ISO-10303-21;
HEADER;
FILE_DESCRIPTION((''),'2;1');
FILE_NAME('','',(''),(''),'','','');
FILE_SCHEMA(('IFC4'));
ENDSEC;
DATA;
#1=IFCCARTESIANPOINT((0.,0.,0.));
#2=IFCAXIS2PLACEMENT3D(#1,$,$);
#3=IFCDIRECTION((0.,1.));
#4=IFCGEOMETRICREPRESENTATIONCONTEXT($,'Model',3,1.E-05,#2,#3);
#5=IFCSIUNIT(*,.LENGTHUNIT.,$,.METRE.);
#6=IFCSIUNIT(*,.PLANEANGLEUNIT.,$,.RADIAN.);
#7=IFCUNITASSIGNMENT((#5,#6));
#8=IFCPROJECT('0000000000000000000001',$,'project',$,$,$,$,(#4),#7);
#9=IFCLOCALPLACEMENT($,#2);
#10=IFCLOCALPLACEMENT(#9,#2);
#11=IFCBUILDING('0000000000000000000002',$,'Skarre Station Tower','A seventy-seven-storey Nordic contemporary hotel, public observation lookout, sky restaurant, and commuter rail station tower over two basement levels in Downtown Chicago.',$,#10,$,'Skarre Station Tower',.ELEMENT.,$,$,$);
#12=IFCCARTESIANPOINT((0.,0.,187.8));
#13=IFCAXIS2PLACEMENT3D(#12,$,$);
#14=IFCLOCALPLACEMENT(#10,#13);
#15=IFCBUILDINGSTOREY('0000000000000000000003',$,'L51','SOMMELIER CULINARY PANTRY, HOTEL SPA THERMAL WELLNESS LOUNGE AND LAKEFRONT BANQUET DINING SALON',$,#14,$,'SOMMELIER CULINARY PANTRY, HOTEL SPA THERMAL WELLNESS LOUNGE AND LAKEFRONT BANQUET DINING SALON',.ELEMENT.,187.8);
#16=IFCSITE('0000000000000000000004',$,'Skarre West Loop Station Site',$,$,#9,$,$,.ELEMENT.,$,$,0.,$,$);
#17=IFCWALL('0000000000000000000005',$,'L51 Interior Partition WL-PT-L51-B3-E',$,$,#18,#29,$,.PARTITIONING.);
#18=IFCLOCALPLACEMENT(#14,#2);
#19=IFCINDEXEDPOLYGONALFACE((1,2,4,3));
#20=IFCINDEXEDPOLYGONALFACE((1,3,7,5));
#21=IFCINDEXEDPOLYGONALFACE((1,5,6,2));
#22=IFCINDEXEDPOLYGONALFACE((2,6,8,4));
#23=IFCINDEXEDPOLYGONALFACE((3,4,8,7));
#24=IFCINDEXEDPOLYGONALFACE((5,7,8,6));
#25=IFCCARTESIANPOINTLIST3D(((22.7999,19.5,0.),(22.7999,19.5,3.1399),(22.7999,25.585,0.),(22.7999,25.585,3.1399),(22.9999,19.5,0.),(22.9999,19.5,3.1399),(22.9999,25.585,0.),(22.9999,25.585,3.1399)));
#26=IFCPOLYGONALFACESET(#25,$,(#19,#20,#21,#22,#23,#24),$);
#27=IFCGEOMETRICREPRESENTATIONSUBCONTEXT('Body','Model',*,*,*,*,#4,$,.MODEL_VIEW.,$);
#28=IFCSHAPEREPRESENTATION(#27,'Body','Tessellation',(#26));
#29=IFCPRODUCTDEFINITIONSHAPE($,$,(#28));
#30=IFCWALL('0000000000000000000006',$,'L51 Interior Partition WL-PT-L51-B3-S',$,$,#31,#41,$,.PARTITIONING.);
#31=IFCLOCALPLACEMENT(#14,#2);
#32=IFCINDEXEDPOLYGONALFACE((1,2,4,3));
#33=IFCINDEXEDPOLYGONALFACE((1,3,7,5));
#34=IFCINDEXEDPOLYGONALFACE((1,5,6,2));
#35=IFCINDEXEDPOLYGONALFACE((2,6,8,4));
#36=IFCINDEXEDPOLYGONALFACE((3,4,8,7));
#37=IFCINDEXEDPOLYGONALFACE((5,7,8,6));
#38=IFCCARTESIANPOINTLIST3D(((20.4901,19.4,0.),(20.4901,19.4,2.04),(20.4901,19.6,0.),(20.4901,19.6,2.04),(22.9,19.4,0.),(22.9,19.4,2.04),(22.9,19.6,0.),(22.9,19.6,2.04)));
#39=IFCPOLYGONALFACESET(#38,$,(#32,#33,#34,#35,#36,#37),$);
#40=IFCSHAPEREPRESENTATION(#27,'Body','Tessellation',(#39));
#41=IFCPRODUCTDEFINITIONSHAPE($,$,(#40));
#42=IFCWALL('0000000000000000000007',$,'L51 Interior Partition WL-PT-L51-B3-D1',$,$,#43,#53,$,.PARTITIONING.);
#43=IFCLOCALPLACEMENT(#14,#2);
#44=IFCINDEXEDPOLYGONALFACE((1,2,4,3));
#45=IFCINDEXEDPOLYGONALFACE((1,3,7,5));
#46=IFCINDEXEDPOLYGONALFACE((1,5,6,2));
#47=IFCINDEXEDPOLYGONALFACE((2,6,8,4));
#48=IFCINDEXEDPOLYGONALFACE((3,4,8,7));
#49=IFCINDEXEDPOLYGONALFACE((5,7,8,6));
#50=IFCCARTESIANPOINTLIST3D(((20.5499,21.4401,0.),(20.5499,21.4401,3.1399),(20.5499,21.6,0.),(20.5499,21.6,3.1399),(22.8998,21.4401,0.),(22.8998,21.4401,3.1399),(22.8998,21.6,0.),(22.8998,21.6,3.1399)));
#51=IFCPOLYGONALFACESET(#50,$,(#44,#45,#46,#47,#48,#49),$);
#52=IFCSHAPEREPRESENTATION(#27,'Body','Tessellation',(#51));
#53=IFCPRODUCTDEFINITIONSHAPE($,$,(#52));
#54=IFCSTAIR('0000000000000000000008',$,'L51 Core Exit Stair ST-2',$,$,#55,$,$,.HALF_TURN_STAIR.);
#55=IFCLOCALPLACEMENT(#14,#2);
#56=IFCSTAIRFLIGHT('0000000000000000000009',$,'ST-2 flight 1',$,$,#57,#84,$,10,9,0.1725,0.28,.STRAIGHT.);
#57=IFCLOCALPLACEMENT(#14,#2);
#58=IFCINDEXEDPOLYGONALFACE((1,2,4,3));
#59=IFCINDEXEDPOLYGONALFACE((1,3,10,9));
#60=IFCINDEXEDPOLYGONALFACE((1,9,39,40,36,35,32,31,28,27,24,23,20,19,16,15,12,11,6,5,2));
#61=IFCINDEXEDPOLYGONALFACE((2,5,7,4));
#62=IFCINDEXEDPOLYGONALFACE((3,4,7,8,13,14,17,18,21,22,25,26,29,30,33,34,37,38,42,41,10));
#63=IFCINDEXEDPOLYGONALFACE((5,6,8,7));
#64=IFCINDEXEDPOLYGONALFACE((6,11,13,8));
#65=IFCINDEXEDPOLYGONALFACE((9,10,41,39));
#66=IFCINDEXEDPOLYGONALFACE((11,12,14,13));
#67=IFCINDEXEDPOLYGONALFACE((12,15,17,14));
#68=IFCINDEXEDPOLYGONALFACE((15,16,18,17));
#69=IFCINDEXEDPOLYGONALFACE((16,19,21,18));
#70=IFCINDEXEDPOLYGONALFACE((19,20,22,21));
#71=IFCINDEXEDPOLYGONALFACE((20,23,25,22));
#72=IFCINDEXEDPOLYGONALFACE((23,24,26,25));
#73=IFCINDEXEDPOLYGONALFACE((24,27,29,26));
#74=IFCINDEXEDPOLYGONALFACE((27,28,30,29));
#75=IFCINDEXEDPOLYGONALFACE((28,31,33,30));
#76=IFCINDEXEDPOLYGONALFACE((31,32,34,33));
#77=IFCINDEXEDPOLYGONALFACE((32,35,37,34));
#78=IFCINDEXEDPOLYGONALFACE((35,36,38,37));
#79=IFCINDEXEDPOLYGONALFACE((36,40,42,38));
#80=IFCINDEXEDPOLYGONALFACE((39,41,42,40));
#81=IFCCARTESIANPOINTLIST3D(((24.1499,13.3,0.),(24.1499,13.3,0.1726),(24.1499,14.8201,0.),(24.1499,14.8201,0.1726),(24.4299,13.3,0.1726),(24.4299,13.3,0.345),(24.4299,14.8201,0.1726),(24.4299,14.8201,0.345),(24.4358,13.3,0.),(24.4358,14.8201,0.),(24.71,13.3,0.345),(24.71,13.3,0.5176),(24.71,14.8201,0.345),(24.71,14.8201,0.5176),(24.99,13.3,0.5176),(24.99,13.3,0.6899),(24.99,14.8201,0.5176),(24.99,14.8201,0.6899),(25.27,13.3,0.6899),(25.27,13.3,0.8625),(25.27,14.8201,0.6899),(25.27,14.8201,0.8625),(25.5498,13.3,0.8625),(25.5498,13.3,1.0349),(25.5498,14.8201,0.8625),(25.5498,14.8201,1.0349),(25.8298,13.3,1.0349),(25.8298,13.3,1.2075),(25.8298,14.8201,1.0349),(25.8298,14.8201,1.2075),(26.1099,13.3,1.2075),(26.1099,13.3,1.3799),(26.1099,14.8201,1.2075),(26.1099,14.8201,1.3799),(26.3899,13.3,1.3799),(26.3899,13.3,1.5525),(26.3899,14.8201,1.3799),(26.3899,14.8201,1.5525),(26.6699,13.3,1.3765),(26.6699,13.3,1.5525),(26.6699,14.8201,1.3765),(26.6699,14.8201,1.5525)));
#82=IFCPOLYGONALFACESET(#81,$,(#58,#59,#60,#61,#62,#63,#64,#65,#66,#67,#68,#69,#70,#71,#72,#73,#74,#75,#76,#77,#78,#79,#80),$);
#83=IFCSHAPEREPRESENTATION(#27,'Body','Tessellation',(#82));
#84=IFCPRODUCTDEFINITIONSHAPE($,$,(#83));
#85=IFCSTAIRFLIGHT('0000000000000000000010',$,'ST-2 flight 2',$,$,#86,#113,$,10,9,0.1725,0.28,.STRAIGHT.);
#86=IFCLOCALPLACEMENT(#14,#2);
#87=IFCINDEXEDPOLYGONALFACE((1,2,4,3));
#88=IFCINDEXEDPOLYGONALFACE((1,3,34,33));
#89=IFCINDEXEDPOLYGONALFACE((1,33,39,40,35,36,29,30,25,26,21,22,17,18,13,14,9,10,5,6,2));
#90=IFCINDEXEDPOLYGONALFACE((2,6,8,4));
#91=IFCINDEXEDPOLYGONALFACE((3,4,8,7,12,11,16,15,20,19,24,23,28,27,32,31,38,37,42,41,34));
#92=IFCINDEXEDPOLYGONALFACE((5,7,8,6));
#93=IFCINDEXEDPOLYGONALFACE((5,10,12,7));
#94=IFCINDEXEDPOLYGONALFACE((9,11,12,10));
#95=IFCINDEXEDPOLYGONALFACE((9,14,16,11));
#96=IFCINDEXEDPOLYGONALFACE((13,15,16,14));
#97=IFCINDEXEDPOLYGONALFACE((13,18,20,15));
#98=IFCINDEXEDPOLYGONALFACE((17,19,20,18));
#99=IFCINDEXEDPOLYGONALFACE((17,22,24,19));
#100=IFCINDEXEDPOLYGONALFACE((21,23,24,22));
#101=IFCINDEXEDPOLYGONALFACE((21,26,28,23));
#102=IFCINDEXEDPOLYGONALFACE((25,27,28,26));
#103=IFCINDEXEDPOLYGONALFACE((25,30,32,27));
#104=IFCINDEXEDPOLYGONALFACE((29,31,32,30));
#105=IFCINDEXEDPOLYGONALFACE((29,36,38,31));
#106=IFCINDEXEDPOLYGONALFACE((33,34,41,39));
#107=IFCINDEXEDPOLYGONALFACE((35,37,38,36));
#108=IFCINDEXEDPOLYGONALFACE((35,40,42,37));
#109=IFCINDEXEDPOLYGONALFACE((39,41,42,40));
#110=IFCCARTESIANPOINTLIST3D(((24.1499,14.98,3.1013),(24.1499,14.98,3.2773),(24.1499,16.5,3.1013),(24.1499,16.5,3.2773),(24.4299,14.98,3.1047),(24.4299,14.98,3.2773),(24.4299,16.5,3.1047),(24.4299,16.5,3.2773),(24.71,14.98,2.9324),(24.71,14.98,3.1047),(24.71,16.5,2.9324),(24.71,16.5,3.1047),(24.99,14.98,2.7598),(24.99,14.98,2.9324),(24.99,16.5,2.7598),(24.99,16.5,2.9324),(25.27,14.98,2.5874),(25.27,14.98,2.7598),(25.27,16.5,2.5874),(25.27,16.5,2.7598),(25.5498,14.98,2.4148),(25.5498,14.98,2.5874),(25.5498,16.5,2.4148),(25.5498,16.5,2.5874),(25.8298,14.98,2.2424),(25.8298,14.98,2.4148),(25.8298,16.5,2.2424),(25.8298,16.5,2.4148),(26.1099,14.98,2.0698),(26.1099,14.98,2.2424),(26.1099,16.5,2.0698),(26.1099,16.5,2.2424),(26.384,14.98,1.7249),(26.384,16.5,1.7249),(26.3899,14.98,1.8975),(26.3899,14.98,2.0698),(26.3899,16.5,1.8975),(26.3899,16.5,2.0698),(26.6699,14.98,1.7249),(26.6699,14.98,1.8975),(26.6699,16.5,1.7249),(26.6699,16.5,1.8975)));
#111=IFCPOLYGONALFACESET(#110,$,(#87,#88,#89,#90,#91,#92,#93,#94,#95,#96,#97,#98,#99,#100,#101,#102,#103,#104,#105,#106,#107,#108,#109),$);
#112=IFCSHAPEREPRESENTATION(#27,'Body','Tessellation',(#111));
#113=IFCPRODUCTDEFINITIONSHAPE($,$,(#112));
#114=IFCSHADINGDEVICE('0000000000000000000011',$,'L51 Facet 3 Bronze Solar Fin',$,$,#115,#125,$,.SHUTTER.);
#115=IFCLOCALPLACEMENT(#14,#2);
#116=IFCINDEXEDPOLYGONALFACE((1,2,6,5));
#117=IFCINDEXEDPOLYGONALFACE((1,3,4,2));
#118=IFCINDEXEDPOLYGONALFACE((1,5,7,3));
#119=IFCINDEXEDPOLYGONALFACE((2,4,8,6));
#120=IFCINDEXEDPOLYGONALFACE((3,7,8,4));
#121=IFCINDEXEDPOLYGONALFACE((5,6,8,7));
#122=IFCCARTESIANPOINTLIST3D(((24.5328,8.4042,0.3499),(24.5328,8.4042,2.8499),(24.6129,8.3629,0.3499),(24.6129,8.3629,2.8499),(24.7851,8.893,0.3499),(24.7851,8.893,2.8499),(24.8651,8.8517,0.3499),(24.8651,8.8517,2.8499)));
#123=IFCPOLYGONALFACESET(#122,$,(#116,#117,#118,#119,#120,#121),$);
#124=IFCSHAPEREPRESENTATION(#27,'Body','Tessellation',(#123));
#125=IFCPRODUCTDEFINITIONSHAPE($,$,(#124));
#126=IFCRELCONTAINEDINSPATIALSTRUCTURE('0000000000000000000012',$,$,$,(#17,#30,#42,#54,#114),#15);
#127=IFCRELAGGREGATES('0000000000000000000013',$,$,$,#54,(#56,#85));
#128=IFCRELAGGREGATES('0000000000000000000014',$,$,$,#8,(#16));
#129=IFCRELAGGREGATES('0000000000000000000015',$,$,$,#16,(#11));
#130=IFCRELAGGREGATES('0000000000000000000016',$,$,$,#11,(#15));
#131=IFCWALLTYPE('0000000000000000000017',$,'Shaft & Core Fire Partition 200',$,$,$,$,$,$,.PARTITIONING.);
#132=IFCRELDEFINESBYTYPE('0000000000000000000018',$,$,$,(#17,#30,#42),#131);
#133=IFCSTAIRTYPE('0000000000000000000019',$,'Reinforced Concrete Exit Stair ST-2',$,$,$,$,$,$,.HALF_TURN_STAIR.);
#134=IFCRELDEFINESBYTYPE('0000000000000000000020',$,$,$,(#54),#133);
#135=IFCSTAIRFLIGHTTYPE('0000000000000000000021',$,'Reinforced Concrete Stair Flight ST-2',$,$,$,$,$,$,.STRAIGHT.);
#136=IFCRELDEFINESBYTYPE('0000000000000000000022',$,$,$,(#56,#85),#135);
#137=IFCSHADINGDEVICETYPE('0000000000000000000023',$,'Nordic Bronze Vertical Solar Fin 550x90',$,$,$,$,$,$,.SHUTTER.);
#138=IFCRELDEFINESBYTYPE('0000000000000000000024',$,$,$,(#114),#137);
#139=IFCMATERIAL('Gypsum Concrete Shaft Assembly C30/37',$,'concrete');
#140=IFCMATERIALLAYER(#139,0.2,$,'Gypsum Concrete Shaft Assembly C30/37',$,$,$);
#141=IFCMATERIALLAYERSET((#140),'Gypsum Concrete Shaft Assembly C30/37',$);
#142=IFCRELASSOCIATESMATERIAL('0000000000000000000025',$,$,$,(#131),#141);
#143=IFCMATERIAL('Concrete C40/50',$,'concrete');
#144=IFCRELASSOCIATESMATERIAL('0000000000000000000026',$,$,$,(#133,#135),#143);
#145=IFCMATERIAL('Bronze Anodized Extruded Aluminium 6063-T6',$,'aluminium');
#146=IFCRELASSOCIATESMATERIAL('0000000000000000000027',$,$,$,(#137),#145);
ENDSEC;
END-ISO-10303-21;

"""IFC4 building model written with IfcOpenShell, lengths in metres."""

from ifc_helpers import new_model, si_unit, direction, frame, frame_2d, origin, origin_2d, place, context, subcontext, project, spatial, polyline, rectangle, outline, extrude, material, layer, layer_set, type_object, element, aggregate, save


model = new_model("IFC4")

# Units and contexts
model_context = context("Model", 3, precision=1e-05, world=origin(), true_north=direction((0.0, 1.0)))
body_context = subcontext(model_context, "Body", "Model", "MODEL_VIEW")
ifc_project = project(units=[si_unit("LENGTHUNIT", "METRE"), si_unit("PLANEANGLEUNIT", "RADIAN")], contexts=[model_context])

# Site, building, storey
site_placement = place(None, origin())
site = spatial("IfcSite", under=ifc_project, at=site_placement, Name="Skarre West Loop Station Site", CompositionType="ELEMENT", RefElevation=0.0)
building_placement = place(site_placement, origin())
building = spatial("IfcBuilding", under=site, at=building_placement, Name="Skarre Station Tower", Description="A seventy-seven-storey Nordic contemporary hotel, public observation lookout, sky restaurant, and commuter rail station tower over two basement levels in Downtown Chicago.", LongName="Skarre Station Tower", CompositionType="ELEMENT")
storey_placement = place(building_placement, frame((0.0, 0.0, 187.8)))
storey = spatial("IfcBuildingStorey", under=building, at=storey_placement, Name="L51", Description="SOMMELIER CULINARY PANTRY, HOTEL SPA THERMAL WELLNESS LOUNGE AND LAKEFRONT BANQUET DINING SALON", LongName="SOMMELIER CULINARY PANTRY, HOTEL SPA THERMAL WELLNESS LOUNGE AND LAKEFRONT BANQUET DINING SALON", CompositionType="ELEMENT", Elevation=187.8)

# Walls
ifc_material_1 = material(Name="Gypsum Concrete Shaft Assembly C30/37", Category="concrete")
ifc_layer_1 = layer(ifc_material_1, 0.2, Name="Gypsum Concrete Shaft Assembly C30/37")
ifc_layer_set_1 = layer_set([ifc_layer_1], Name="Gypsum Concrete Shaft Assembly C30/37")
wall_type_1 = type_object("IfcWallType", Name="Shaft & Core Fire Partition 200", PredefinedType="PARTITIONING", material=ifc_layer_set_1)
wall_1_placement = place(storey_placement, frame((22.8999, 19.5, 0.0), z_axis=(0.0, 0.0, 1.0), x_axis=(0.0, 1.0, 0.0)))
element("IfcWall", 1, at=wall_1_placement, inside=storey, type_object=wall_type_1, Name="L51 Interior Partition WL-PT-L51-B3-E", PredefinedType="PARTITIONING", context=body_context, shape_type="SweptSolid", body=[
    extrude(rectangle(XDim=6.085, YDim=0.2, at=frame_2d((3.0425, 0.0))), origin(), (0.0, 0.0, 1.0), 3.1399),
])
wall_2_placement = place(storey_placement, frame((20.49, 19.5, 0.0), z_axis=(0.0, 0.0, 1.0), x_axis=(1.0, 0.0, 0.0)))
element("IfcWall", 2, at=wall_2_placement, inside=storey, type_object=wall_type_1, Name="L51 Interior Partition WL-PT-L51-B3-S", PredefinedType="PARTITIONING", context=body_context, shape_type="SweptSolid", body=[
    extrude(rectangle(XDim=2.4099, YDim=0.2, at=frame_2d((1.2051, 0.0))), origin(), (0.0, 0.0, 1.0), 2.04),
])
wall_3_placement = place(storey_placement, frame((20.55, 21.52, 0.0), z_axis=(0.0, 0.0, 1.0), x_axis=(1.0, 0.0, 0.0)))
element("IfcWall", 3, at=wall_3_placement, inside=storey, type_object=wall_type_1, Name="L51 Interior Partition WL-PT-L51-B3-D1", PredefinedType="PARTITIONING", context=body_context, shape_type="SweptSolid", body=[
    extrude(rectangle(XDim=2.3499, YDim=0.1599, at=frame_2d((1.1748, 0.0))), origin(), (0.0, 0.0, 1.0), 3.1399),
])

# Stair, stair flights
ifc_material_2 = material(Name="Concrete C40/50", Category="concrete")
stair_type = type_object("IfcStairType", Name="Reinforced Concrete Exit Stair ST-2", PredefinedType="HALF_TURN_STAIR", material=ifc_material_2)
stair_placement = place(storey_placement, origin())
stair = element("IfcStair", 4, at=stair_placement, inside=storey, type_object=stair_type, Name="L51 Core Exit Stair ST-2", PredefinedType="HALF_TURN_STAIR")
stair_flight_type = type_object("IfcStairFlightType", Name="Reinforced Concrete Stair Flight ST-2", PredefinedType="STRAIGHT", material=ifc_material_2)
stair_flight_1_placement = place(storey_placement, frame((24.1499, 14.0601, 0.0), z_axis=(0.0, 0.0, 1.0), x_axis=(1.0, 0.0, 0.0)))
stair_flight_1 = element("IfcStairFlight", 5, at=stair_flight_1_placement, type_object=stair_flight_type, Name="ST-2 flight 1", NumberOfRisers=10, NumberOfTreads=9, PredefinedType="STRAIGHT", RiserHeight=0.1725, TreadLength=0.28, context=body_context, shape_type="SweptSolid", body=[
    extrude(outline(polyline([(0.0, 0.0), (0.0, 0.1726), (0.28, 0.1726), (0.28, 0.345), (0.5601, 0.345), (0.5601, 0.5176), (0.8401, 0.5176), (0.8401, 0.6899), (1.1201, 0.6899), (1.1201, 0.8625), (1.3999, 0.8625), (1.3999, 1.0349), (1.6799, 1.0349), (1.6799, 1.2075), (1.96, 1.2075), (1.96, 1.3799), (2.24, 1.3799), (2.24, 1.5525), (2.52, 1.5525), (2.52, 1.7251), (2.52, 1.3765), (0.2859, 0.0), (0.0, 0.0)])), frame((0.0, 0.76, 0.0), z_axis=(0.0, -1.0, 0.0), x_axis=(1.0, 0.0, 0.0)), (0.0, 0.0, 1.0), 1.52),
])
stair_flight_2_placement = place(storey_placement, frame((26.6699, 15.74, 1.7249), z_axis=(0.0, 0.0, 1.0), x_axis=(-1.0, 0.0, 0.0)))
stair_flight_2 = element("IfcStairFlight", 6, at=stair_flight_2_placement, type_object=stair_flight_type, Name="ST-2 flight 2", NumberOfRisers=10, NumberOfTreads=9, PredefinedType="STRAIGHT", RiserHeight=0.1725, TreadLength=0.28, context=body_context, shape_type="SweptSolid", body=[
    extrude(outline(polyline([(0.0, 0.0), (0.0, 0.1726), (0.28, 0.1726), (0.28, 0.345), (0.5601, 0.345), (0.5601, 0.5176), (0.8401, 0.5176), (0.8401, 0.6899), (1.1201, 0.6899), (1.1201, 0.8625), (1.3999, 0.8625), (1.3999, 1.0349), (1.6799, 1.0349), (1.6799, 1.2075), (1.96, 1.2075), (1.96, 1.3799), (2.24, 1.3799), (2.24, 1.5525), (2.52, 1.5525), (2.52, 1.7251), (2.52, 1.3765), (0.2859, 0.0), (0.0, 0.0)])), frame((0.0, 0.76, 0.0), z_axis=(0.0, -1.0, 0.0), x_axis=(1.0, 0.0, 0.0)), (0.0, 0.0, 1.0), 1.52),
])
aggregate(stair, [stair_flight_1, stair_flight_2])

# Shading device
ifc_material_3 = material(Name="Bronze Anodized Extruded Aluminium 6063-T6", Category="aluminium")
shading_device_type = type_object("IfcShadingDeviceType", Name="Nordic Bronze Vertical Solar Fin 550x90", PredefinedType="SHUTTER", material=ifc_material_3)
shading_device_placement = place(storey_placement, frame((24.699, 8.6279, 0.3499), z_axis=(0.0, 0.0, 1.0), x_axis=(-0.458634, -0.888625, 0.0)))
element("IfcShadingDevice", 7, at=shading_device_placement, inside=storey, type_object=shading_device_type, Name="L51 Facet 3 Bronze Solar Fin", PredefinedType="SHUTTER", context=body_context, shape_type="SweptSolid", body=[
    extrude(rectangle(XDim=0.55, YDim=0.0901, at=origin_2d()), origin(), (0.0, 0.0, 1.0), 2.5),
])

save(model, "model.ifc")
